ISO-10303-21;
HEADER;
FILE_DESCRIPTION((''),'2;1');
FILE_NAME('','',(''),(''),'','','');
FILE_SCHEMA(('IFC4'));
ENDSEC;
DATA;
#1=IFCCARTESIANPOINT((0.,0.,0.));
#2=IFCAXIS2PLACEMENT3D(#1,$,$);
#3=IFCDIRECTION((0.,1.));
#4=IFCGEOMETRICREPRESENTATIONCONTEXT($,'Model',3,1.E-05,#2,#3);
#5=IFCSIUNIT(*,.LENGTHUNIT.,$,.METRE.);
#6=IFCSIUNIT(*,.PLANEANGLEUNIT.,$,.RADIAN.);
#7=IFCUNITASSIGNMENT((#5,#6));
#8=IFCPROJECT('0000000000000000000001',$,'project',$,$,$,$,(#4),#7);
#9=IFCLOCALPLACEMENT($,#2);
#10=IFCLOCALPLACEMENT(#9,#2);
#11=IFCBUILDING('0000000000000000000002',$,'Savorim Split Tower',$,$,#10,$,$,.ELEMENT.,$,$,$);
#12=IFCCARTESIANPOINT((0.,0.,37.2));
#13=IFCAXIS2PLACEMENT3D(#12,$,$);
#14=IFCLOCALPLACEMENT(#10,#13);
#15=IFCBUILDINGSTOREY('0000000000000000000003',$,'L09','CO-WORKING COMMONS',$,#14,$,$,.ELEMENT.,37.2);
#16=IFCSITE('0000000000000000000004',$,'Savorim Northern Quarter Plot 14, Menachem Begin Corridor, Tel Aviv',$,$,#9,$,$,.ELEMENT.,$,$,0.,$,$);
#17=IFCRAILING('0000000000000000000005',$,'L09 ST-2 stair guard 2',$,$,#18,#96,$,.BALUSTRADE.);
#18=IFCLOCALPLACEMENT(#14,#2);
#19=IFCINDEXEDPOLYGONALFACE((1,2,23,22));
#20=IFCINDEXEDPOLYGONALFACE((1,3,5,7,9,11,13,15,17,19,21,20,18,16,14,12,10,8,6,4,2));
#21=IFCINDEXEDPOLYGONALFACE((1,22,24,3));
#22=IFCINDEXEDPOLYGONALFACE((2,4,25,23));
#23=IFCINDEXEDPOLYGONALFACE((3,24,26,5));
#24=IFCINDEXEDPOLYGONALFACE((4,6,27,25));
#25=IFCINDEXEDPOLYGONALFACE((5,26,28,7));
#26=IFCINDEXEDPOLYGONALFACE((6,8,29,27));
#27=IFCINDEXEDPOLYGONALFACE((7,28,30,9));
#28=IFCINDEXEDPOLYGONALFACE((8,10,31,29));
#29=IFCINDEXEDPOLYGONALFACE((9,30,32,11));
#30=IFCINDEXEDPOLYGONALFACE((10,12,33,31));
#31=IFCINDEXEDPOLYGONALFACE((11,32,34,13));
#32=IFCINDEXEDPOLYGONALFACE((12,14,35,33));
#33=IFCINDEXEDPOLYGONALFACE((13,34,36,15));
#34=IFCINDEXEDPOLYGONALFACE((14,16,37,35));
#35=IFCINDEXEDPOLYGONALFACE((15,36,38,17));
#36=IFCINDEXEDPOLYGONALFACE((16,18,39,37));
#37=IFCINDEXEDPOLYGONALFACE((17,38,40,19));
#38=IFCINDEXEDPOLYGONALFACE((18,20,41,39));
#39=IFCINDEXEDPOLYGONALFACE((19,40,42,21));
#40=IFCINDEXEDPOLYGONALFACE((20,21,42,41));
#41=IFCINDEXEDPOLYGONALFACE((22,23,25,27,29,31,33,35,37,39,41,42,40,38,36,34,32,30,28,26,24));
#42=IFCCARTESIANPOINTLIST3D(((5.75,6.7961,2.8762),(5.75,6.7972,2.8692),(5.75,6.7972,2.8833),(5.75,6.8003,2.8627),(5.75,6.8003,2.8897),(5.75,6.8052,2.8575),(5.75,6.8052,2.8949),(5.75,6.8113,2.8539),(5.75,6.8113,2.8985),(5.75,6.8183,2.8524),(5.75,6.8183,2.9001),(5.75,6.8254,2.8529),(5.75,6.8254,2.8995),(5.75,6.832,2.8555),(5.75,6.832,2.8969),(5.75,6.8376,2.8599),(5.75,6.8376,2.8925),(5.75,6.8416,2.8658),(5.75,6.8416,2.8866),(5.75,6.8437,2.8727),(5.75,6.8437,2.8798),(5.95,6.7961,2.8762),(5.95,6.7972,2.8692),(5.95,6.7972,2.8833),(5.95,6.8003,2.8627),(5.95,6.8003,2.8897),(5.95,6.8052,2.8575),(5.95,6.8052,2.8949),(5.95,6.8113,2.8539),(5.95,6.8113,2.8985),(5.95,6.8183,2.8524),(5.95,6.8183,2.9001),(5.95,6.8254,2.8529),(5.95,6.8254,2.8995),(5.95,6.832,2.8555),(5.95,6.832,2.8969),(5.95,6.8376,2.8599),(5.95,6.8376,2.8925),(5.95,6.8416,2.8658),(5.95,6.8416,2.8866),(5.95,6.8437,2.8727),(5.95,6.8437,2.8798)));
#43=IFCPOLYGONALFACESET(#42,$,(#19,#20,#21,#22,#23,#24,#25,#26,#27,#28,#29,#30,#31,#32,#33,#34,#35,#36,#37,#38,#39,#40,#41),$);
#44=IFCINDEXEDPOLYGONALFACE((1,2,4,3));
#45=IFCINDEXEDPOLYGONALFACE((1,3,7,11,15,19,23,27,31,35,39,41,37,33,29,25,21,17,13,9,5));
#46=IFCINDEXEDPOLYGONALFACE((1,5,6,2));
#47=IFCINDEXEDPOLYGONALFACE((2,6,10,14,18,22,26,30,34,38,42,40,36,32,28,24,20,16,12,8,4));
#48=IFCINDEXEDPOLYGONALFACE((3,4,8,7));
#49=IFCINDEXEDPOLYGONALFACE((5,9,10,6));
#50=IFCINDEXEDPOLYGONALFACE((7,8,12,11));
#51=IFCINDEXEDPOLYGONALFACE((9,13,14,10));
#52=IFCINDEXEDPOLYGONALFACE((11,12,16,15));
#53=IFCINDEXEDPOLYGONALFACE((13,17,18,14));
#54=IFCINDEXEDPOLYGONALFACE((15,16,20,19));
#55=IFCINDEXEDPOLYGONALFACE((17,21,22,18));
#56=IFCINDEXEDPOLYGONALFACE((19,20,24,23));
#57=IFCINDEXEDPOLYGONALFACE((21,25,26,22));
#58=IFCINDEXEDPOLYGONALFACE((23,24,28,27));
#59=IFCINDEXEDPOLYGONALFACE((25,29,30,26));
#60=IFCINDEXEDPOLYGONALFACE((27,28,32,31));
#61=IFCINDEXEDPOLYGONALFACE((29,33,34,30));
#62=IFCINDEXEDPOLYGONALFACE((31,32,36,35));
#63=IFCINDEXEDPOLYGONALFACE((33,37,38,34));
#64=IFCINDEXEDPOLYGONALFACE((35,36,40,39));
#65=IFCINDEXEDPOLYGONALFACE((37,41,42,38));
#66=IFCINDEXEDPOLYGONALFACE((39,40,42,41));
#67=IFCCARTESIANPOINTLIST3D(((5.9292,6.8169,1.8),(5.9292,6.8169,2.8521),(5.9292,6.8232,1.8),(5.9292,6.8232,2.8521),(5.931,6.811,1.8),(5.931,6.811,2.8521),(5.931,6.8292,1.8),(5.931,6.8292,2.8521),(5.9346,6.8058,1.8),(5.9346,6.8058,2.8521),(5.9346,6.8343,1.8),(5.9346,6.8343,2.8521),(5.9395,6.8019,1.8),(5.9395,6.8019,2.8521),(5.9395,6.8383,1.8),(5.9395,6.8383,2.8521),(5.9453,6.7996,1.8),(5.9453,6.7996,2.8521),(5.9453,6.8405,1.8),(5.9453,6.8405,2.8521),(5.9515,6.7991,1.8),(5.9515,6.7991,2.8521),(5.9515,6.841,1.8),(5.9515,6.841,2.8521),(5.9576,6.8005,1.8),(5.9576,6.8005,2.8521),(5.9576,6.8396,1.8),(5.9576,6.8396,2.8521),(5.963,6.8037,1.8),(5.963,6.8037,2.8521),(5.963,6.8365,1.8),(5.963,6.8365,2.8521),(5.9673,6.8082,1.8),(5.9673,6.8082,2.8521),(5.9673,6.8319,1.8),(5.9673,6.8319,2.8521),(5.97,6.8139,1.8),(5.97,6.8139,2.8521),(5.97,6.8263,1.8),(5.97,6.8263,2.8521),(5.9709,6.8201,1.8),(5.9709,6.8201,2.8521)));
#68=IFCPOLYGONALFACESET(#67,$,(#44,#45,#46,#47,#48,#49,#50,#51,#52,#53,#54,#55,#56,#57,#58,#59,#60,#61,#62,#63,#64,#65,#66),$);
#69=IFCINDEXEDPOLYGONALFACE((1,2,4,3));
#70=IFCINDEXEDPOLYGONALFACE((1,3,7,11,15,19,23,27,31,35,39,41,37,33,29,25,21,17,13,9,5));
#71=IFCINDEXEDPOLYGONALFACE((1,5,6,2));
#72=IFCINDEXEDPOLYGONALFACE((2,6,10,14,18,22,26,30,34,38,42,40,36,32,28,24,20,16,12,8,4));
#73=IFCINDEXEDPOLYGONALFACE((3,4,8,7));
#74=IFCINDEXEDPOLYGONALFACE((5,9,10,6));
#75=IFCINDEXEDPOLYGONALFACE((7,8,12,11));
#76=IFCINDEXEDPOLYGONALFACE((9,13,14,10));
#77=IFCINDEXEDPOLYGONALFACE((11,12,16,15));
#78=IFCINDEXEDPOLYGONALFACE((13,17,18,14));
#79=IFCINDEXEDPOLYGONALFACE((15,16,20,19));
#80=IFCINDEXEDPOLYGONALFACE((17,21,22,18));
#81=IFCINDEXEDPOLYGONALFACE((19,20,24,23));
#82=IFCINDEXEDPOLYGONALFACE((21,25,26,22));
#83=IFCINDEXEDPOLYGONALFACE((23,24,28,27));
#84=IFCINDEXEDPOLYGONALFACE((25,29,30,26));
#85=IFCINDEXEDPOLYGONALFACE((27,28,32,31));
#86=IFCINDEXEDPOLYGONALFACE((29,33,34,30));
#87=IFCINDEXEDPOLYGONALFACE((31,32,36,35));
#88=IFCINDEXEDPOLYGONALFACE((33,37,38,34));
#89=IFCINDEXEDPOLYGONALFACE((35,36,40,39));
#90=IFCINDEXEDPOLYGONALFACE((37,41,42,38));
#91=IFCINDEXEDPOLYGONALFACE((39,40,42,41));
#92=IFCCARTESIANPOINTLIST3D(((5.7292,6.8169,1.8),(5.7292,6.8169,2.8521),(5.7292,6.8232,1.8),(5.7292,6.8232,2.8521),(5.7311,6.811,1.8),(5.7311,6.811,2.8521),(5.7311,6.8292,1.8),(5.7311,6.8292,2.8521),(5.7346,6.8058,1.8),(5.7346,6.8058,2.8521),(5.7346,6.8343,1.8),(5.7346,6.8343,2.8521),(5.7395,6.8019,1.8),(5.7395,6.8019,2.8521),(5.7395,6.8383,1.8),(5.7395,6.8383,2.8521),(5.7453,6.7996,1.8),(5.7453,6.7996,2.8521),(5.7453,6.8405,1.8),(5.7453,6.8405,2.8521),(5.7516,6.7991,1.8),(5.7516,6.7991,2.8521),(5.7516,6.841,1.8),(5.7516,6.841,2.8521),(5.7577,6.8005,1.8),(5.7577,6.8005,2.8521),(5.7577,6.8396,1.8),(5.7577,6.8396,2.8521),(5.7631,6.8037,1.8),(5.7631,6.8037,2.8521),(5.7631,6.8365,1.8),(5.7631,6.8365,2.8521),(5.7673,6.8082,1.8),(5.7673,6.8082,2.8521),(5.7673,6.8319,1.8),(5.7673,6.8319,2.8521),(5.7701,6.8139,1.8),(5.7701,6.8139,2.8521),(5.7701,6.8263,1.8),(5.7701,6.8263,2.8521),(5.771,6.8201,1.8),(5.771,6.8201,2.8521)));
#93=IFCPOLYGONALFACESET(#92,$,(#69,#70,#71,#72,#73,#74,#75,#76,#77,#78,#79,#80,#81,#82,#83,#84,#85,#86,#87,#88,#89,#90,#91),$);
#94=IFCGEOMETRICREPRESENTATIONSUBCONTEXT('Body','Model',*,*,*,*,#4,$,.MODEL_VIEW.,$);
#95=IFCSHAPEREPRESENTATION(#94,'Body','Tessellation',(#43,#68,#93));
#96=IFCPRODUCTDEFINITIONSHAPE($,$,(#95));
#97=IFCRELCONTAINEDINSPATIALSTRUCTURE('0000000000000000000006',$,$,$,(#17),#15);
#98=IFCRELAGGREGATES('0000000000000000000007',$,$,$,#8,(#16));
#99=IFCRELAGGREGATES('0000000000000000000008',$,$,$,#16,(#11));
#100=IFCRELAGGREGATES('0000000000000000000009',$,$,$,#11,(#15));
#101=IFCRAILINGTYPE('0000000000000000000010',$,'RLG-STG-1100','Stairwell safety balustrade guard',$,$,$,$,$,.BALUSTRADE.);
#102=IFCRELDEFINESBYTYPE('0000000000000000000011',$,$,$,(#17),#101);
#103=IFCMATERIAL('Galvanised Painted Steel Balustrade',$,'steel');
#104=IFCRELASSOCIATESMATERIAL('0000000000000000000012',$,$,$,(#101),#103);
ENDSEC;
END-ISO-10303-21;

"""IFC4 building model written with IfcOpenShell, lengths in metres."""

from ifc_helpers import new_model, si_unit, direction, frame, origin, origin_2d, place, context, subcontext, project, spatial, circle, extrude, material, type_object, element, save


model = new_model("IFC4")

# Units and contexts
model_context = context("Model", 3, precision=1e-05, world=origin(), true_north=direction((0.0, 1.0)))
body_context = subcontext(model_context, "Body", "Model", "MODEL_VIEW")
ifc_project = project(units=[si_unit("LENGTHUNIT", "METRE"), si_unit("PLANEANGLEUNIT", "RADIAN")], contexts=[model_context])

# Site, building, storey
site_placement = place(None, origin())
site = spatial("IfcSite", under=ifc_project, at=site_placement, Name="Savorim Northern Quarter Plot 14, Menachem Begin Corridor, Tel Aviv", CompositionType="ELEMENT", RefElevation=0.0)
building_placement = place(site_placement, origin())
building = spatial("IfcBuilding", under=site, at=building_placement, Name="Savorim Split Tower", CompositionType="ELEMENT")
storey_placement = place(building_placement, frame((0.0, 0.0, 37.2)))
storey = spatial("IfcBuildingStorey", under=building, at=storey_placement, Name="L09", Description="CO-WORKING COMMONS", CompositionType="ELEMENT", Elevation=37.2)

# Railing
ifc_material_1 = material(Name="Galvanised Painted Steel Balustrade", Category="steel")
railing_type_1 = type_object("IfcRailingType", Name="RLG-STG-1100", Description="Stairwell safety balustrade guard", PredefinedType="BALUSTRADE", material=ifc_material_1)
railing_1_placement = place(storey_placement, frame((5.95, 6.8201, 1.8)))
element("IfcRailing", 1, at=railing_1_placement, inside=storey, type_object=railing_type_1, Name="L09 ST-2 stair guard 2", PredefinedType="BALUSTRADE", context=body_context, shape_type="SweptSolid", body=[
    extrude(circle(Radius=0.0239, at=origin_2d()), frame((0.0, 0.0, 1.0762), z_axis=(-1.0, 0.0, 0.0), x_axis=(0.0, -1.0, 0.0)), (0.0, 0.0, 1.0), 0.2),
    extrude(circle(Radius=0.021, at=origin_2d()), origin(), (0.0, 0.0, 1.0), 1.052),
    extrude(circle(Radius=0.021, at=origin_2d()), frame((-0.2, 0.0, 0.0)), (0.0, 0.0, 1.0), 1.052),
])

save(model, "model.ifc")
